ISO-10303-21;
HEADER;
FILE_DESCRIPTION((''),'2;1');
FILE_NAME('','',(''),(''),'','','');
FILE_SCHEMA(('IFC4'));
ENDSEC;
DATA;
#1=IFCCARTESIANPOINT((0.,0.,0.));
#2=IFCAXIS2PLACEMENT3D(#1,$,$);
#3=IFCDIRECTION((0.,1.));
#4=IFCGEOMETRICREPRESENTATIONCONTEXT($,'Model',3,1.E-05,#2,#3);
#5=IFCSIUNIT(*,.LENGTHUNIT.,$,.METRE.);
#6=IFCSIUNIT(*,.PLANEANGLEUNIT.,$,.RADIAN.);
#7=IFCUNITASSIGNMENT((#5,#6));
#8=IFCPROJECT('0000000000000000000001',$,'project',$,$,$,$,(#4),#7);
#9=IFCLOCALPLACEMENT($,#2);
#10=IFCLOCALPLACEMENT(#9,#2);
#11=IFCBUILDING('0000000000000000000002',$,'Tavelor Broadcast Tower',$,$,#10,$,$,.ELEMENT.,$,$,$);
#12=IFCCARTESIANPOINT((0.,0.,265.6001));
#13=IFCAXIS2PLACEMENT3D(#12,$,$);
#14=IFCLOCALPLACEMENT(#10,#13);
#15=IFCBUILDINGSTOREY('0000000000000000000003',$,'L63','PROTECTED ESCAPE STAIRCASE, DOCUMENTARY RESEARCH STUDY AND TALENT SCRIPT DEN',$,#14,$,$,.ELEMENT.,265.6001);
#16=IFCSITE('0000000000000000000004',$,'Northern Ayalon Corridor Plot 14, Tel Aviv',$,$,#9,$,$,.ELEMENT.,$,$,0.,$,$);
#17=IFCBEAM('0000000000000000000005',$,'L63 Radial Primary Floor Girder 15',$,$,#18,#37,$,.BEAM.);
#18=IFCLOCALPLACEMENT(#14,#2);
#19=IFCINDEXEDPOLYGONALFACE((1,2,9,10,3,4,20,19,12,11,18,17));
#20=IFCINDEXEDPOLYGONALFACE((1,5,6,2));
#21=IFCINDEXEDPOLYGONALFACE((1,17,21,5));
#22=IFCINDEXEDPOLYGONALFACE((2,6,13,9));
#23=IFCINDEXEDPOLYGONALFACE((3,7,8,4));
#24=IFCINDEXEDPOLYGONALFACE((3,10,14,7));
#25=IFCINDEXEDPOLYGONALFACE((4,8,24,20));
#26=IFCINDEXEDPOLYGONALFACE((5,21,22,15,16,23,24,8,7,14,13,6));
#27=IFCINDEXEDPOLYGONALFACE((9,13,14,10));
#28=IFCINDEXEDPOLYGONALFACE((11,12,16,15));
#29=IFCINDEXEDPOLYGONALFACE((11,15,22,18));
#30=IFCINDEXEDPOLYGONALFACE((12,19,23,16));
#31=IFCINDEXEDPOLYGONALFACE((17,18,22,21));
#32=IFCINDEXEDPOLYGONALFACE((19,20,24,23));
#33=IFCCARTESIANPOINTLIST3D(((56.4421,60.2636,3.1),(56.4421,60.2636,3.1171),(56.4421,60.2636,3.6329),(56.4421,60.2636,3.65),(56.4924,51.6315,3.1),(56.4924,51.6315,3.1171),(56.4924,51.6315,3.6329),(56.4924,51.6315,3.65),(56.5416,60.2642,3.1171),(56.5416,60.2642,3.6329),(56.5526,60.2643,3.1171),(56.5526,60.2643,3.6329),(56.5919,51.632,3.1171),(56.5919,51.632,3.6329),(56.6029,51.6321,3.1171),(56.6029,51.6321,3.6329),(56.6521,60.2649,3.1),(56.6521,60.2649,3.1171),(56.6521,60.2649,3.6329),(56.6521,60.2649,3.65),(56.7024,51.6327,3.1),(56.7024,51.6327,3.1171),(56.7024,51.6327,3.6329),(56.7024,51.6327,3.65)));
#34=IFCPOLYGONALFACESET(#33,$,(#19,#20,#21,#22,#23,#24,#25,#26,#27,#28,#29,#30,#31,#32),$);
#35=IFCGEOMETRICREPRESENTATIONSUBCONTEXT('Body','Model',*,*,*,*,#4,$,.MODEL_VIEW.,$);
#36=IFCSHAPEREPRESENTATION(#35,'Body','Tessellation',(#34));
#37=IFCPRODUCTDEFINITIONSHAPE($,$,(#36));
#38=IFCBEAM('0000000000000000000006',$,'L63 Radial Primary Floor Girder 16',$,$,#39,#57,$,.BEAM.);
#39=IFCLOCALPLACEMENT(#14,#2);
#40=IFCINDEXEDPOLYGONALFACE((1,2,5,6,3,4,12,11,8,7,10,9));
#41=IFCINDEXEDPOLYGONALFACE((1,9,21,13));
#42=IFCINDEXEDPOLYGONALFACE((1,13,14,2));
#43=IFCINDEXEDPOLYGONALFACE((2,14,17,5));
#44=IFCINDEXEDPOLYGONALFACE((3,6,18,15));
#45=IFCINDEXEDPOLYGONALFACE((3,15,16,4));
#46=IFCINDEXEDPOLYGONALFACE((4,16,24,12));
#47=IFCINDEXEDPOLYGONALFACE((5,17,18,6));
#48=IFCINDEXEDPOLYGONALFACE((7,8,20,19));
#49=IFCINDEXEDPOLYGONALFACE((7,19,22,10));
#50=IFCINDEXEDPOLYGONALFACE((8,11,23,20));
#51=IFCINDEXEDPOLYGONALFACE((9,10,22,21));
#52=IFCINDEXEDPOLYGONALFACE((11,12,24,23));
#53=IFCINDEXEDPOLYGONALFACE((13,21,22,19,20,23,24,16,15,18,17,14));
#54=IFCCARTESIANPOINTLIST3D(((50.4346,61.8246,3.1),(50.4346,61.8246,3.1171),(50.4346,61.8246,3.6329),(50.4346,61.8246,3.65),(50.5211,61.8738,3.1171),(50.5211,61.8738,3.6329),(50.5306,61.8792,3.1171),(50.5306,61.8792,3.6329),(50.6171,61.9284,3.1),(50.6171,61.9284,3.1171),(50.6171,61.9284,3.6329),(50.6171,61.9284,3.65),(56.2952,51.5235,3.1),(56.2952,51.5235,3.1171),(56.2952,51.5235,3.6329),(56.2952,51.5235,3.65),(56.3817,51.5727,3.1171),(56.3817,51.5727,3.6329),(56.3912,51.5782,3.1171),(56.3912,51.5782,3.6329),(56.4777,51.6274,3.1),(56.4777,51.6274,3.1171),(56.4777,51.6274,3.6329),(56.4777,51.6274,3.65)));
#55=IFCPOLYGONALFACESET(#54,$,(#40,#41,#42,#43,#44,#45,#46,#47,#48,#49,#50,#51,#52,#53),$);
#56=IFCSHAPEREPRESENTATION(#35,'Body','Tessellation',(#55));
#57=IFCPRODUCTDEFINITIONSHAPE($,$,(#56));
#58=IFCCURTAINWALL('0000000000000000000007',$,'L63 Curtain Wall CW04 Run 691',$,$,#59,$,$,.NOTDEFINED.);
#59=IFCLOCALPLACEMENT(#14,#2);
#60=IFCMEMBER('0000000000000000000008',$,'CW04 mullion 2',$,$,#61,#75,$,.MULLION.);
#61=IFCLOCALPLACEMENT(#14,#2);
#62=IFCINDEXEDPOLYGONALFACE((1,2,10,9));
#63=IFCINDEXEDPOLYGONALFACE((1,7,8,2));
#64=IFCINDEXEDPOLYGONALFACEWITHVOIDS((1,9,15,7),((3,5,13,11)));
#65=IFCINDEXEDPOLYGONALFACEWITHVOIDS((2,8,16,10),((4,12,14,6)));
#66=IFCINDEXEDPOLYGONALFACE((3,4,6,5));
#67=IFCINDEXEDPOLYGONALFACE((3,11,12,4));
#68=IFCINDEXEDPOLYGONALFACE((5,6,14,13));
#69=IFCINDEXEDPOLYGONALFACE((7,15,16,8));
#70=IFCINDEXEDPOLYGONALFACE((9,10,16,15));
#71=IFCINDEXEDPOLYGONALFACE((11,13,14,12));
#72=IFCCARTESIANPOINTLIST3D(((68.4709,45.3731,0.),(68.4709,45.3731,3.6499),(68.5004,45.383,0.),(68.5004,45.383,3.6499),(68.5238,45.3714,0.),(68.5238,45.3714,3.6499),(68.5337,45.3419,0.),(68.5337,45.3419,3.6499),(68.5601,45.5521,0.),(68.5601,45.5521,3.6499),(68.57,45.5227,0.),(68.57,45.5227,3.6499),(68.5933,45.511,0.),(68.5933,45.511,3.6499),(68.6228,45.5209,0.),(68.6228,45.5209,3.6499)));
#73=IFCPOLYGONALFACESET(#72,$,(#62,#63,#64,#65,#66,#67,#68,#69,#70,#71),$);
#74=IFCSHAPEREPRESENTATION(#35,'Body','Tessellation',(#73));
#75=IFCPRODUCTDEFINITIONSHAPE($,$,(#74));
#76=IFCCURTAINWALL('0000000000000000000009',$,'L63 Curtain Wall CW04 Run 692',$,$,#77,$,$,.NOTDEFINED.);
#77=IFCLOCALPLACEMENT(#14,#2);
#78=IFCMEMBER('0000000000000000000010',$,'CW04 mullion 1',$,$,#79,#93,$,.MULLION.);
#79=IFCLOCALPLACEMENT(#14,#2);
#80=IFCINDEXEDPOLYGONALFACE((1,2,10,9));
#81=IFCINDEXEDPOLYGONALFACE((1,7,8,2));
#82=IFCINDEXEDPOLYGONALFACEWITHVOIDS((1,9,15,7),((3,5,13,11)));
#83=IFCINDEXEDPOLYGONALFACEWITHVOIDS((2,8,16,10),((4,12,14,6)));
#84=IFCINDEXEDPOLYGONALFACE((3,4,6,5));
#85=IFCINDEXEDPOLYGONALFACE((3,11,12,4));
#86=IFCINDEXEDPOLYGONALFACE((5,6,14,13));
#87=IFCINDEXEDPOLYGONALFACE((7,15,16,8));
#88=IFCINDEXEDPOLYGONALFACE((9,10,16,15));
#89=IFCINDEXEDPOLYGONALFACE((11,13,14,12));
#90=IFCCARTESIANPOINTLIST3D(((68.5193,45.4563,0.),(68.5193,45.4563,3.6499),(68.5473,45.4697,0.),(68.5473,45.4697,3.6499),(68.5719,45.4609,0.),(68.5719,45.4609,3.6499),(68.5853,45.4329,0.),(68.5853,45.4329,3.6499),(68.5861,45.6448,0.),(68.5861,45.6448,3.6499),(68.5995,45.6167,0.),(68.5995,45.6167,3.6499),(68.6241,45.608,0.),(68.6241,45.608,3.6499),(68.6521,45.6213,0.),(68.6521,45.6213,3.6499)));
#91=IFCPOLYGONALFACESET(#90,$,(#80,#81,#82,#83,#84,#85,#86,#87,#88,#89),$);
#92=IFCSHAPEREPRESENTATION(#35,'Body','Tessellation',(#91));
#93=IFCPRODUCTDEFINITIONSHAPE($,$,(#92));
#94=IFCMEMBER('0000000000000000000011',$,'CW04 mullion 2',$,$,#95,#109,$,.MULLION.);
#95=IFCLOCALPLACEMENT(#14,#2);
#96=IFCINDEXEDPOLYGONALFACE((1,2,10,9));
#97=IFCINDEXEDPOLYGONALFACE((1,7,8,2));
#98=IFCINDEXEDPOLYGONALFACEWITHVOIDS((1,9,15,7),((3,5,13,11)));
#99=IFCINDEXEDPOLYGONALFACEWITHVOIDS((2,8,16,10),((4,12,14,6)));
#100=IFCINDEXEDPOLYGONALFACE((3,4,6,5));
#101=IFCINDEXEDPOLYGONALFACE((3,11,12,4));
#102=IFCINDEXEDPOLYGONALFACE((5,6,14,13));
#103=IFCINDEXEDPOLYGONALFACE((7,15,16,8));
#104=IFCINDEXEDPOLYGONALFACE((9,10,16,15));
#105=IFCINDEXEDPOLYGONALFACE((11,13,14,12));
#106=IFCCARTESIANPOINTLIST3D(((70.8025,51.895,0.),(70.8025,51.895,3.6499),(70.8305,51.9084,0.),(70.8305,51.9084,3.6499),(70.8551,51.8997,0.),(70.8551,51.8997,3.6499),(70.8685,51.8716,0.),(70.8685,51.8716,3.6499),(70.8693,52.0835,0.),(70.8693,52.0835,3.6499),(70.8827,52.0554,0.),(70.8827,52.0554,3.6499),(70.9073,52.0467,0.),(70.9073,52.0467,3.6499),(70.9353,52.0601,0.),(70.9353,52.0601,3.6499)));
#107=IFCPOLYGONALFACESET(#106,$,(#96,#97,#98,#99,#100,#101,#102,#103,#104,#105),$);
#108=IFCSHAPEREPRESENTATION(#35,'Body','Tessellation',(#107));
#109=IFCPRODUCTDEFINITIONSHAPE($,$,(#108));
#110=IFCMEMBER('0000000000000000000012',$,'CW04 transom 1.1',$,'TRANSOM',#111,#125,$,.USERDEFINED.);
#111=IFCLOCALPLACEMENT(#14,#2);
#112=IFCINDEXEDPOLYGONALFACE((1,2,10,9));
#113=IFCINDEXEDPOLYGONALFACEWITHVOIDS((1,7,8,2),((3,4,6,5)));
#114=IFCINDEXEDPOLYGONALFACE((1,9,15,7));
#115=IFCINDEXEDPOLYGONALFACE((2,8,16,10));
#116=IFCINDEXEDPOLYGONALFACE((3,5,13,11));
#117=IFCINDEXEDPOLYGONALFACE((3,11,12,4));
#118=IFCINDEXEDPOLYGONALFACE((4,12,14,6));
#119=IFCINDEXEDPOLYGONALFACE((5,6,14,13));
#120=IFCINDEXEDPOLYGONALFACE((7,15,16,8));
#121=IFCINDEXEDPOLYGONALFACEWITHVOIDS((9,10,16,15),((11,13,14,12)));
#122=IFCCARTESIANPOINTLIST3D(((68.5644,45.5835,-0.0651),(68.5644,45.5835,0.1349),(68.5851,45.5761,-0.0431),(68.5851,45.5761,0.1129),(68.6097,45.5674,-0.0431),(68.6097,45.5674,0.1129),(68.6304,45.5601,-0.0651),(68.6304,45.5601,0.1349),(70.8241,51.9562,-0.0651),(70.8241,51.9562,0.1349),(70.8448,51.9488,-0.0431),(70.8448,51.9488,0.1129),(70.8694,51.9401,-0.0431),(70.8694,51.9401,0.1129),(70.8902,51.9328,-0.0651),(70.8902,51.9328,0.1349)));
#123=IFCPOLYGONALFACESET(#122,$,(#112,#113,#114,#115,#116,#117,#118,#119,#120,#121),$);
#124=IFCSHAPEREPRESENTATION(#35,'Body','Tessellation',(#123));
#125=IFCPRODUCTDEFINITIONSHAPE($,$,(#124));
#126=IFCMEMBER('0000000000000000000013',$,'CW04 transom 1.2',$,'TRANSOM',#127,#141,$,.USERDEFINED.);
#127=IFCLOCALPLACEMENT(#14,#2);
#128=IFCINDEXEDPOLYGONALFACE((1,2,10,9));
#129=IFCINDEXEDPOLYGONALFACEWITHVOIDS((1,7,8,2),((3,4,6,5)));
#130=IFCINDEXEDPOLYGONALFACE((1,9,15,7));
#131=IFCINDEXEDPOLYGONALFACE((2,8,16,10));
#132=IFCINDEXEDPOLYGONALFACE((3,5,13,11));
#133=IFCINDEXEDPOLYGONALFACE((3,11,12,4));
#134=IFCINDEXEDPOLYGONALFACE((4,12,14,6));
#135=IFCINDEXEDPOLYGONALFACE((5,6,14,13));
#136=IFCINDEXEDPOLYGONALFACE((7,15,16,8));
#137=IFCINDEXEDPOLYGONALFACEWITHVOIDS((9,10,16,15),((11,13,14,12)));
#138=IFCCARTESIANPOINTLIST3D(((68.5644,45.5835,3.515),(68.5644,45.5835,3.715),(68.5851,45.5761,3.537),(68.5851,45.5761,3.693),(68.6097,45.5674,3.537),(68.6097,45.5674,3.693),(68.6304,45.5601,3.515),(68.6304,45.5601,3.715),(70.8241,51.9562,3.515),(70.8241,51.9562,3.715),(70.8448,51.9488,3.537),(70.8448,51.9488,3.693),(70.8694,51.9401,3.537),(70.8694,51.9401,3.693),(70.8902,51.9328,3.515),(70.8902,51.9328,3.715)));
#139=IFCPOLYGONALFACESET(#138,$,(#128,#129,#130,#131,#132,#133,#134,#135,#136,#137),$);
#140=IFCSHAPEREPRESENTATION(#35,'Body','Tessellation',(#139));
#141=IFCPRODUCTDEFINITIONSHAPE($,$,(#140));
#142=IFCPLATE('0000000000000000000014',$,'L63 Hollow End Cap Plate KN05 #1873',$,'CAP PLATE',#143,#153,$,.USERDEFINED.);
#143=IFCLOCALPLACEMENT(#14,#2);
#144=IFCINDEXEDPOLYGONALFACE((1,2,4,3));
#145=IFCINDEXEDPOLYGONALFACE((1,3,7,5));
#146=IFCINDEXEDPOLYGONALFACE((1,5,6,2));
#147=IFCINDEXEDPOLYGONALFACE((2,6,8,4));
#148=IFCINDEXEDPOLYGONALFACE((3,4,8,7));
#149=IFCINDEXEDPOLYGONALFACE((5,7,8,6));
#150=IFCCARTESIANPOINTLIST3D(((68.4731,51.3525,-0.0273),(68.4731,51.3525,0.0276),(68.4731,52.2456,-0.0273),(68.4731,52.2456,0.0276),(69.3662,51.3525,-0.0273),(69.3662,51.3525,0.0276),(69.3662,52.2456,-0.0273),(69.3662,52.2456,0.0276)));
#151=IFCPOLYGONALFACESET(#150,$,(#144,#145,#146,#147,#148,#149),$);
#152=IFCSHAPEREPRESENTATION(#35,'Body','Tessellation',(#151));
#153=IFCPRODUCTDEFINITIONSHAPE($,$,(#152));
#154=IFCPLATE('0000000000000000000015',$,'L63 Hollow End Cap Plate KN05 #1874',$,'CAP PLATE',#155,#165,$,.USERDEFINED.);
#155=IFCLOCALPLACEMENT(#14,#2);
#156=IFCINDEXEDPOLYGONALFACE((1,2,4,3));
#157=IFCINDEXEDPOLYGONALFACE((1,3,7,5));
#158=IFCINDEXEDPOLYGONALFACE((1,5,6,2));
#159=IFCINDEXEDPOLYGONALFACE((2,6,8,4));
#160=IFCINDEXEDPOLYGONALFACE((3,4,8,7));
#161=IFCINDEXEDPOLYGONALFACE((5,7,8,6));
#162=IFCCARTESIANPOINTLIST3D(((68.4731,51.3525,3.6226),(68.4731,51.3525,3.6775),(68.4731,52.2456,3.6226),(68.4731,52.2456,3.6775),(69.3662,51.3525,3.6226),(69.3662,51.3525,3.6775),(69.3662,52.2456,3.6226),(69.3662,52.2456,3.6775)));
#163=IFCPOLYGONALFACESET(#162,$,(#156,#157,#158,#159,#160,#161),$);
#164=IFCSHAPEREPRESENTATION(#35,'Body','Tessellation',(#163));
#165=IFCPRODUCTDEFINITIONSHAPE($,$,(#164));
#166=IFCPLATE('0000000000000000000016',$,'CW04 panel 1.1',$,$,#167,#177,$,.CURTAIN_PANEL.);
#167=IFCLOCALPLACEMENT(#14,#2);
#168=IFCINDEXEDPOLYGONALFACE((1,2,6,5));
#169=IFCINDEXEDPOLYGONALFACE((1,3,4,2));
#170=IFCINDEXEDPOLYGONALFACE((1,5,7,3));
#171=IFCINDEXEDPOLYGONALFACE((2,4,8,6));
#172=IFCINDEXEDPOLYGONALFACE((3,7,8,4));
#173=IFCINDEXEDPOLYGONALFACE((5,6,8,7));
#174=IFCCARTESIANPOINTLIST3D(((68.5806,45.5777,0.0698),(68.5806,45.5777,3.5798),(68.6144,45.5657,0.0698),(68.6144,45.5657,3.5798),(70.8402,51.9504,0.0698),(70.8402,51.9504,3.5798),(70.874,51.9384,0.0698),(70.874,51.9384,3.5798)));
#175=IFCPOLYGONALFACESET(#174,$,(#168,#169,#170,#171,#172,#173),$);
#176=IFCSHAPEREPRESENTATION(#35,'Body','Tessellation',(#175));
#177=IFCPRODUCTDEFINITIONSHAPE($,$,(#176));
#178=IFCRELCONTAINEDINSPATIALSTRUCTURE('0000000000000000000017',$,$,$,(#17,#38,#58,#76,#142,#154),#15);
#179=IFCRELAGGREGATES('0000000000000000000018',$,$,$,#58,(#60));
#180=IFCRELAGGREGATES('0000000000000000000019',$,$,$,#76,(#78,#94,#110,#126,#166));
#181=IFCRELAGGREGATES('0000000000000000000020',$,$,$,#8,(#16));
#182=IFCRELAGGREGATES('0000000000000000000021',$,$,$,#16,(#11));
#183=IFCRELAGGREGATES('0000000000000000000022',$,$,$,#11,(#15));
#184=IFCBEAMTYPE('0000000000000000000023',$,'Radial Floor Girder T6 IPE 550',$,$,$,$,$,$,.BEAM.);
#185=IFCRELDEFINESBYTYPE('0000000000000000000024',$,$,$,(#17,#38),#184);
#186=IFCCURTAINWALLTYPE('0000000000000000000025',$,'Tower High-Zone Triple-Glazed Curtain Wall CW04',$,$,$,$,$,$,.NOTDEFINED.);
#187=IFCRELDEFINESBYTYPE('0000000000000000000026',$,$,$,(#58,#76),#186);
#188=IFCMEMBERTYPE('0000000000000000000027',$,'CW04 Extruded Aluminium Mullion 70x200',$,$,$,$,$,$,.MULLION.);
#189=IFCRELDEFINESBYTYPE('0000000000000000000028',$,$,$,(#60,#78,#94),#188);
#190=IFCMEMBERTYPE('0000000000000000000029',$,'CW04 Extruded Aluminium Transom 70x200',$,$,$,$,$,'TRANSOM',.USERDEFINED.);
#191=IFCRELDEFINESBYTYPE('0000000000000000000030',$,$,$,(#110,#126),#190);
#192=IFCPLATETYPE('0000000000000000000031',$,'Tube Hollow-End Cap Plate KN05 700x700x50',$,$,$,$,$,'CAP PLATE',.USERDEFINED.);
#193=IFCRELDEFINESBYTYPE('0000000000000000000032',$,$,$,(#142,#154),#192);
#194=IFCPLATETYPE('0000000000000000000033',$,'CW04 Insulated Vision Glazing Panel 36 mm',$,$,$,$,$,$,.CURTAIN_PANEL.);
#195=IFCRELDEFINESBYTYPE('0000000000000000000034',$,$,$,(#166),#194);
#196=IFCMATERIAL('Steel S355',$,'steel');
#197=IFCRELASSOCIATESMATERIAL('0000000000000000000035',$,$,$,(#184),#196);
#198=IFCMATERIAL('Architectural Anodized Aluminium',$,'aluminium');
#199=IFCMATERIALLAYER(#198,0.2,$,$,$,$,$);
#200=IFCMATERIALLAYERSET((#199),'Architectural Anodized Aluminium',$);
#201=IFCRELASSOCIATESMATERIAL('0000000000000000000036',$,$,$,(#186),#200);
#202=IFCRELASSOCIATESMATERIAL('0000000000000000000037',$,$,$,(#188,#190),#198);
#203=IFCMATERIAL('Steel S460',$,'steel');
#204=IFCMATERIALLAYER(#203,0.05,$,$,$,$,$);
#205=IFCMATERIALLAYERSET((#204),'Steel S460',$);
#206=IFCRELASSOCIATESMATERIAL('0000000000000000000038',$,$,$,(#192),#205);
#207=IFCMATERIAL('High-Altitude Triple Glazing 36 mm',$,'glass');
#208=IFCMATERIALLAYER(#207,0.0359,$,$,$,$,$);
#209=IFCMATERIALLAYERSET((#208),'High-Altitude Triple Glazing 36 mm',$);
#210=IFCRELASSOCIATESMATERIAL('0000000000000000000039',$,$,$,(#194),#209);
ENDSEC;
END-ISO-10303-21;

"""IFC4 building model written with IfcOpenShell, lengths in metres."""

from ifc_helpers import new_model, si_unit, direction, frame, origin, origin_2d, place, context, subcontext, project, spatial, rectangle, hollow_rectangle, i_section, extrude, source, transform, mapped, material, layer, layer_set, material_profile, profile_set, type_object, type_shapes, element, aggregate, save


model = new_model("IFC4")

# Units and contexts
model_context = context("Model", 3, precision=1e-05, world=origin(), true_north=direction((0.0, 1.0)))
body_context = subcontext(model_context, "Body", "Model", "MODEL_VIEW")
ifc_project = project(units=[si_unit("LENGTHUNIT", "METRE"), si_unit("PLANEANGLEUNIT", "RADIAN")], contexts=[model_context])

# Site, building, storey
site_placement = place(None, origin())
site = spatial("IfcSite", under=ifc_project, at=site_placement, Name="Northern Ayalon Corridor Plot 14, Tel Aviv", CompositionType="ELEMENT", RefElevation=0.0)
building_placement = place(site_placement, origin())
building = spatial("IfcBuilding", under=site, at=building_placement, Name="Tavelor Broadcast Tower", CompositionType="ELEMENT")
storey_placement = place(building_placement, frame((0.0, 0.0, 265.6001)))
storey = spatial("IfcBuildingStorey", under=building, at=storey_placement, Name="L63", Description="PROTECTED ESCAPE STAIRCASE, DOCUMENTARY RESEARCH STUDY AND TALENT SCRIPT DEN", CompositionType="ELEMENT", Elevation=265.6001)

# Shared definitions
ifc_material_1 = material(Name="Steel S460", Category="steel")

# Beams
ifc_material_2 = material(Name="Steel S355", Category="steel")
ifc_material_profile_1 = material_profile(ifc_material_2, i_section(OverallWidth=0.21, OverallDepth=0.55, WebThickness=0.011, FlangeThickness=0.0171, at=origin_2d()), Name="IPE 550")
ifc_profile_set_1 = profile_set([ifc_material_profile_1], Name="Steel S355")
beam_type_1 = type_object("IfcBeamType", Name="Radial Floor Girder T6 IPE 550", PredefinedType="BEAM", material=ifc_profile_set_1)
beam_1_placement = place(storey_placement, frame((56.5974, 51.6321, 3.375), z_axis=(-0.005826, 0.999983, 0.0), x_axis=(-0.999983, -0.005826, 0.0)))
element("IfcBeam", 1, at=beam_1_placement, inside=storey, type_object=beam_type_1, Name="L63 Radial Primary Floor Girder 15", PredefinedType="BEAM", context=body_context, shape_type="SweptSolid", body=[
    extrude(i_section(OverallWidth=0.21, OverallDepth=0.55, WebThickness=0.011, FlangeThickness=0.0171, at=origin_2d()), origin(), (0.0, 0.0, 1.0), 8.6323),
])
beam_2_placement = place(storey_placement, frame((56.3865, 51.5754, 3.375), z_axis=(-0.494503, 0.869176, 0.0), x_axis=(-0.869176, -0.494503, 0.0)))
element("IfcBeam", 2, at=beam_2_placement, inside=storey, type_object=beam_type_1, Name="L63 Radial Primary Floor Girder 16", PredefinedType="BEAM", context=body_context, shape_type="SweptSolid", body=[
    extrude(i_section(OverallWidth=0.21, OverallDepth=0.55, WebThickness=0.011, FlangeThickness=0.0171, at=origin_2d()), origin(), (0.0, 0.0, 1.0), 11.8516),
])

# Curtain wall, member
ifc_material_3 = material(Name="Architectural Anodized Aluminium", Category="aluminium")
ifc_layer_1 = layer(ifc_material_3, 0.2)
ifc_layer_set_1 = layer_set([ifc_layer_1], Name="Architectural Anodized Aluminium")
curtain_wall_type = type_object("IfcCurtainWallType", Name="Tower High-Zone Triple-Glazed Curtain Wall CW04", PredefinedType="NOTDEFINED", material=ifc_layer_set_1)
curtain_wall_1_placement = place(storey_placement, origin())
curtain_wall_1 = element("IfcCurtainWall", 3, at=curtain_wall_1_placement, inside=storey, type_object=curtain_wall_type, Name="L63 Curtain Wall CW04 Run 691", PredefinedType="NOTDEFINED")
ifc_material_profile_2 = material_profile(ifc_material_3, hollow_rectangle(XDim=0.0701, YDim=0.2, WallThickness=0.022, at=origin_2d()), Name="RHS 70x200x22")
ifc_profile_set_2 = profile_set([ifc_material_profile_2], Name="Architectural Anodized Aluminium")
member_type_1 = type_object("IfcMemberType", Name="CW04 Extruded Aluminium Mullion 70x200", PredefinedType="MULLION", material=ifc_profile_set_2)
shared_shape_1 = source(origin(), body_context, "Body", "SweptSolid", [
    extrude(hollow_rectangle(XDim=0.0701, YDim=0.2, WallThickness=0.022, at=origin_2d()), origin(), (0.0, 0.0, 1.0), 3.6499),
])
type_shapes(member_type_1, [shared_shape_1])
member_1_placement = place(storey_placement, frame((68.5469, 45.447, 0.0), z_axis=(0.0, 0.0, 1.0), x_axis=(-0.895143, 0.445778, 0.0)))
member_1 = element("IfcMember", 4, at=member_1_placement, type_object=member_type_1, Name="CW04 mullion 2", PredefinedType="MULLION", context=body_context, shape_type="MappedRepresentation", body=[
    mapped(shared_shape_1, transform((0.0, 0.0, 0.0), scale=1.0)),
])
aggregate(curtain_wall_1, [member_1])

# Curtain wall, members
curtain_wall_2_placement = place(storey_placement, origin())
curtain_wall_2 = element("IfcCurtainWall", 5, at=curtain_wall_2_placement, inside=storey, type_object=curtain_wall_type, Name="L63 Curtain Wall CW04 Run 692", PredefinedType="NOTDEFINED")
member_2_placement = place(storey_placement, frame((68.5857, 45.5388, 0.0), z_axis=(0.0, 0.0, 1.0), x_axis=(-0.942506, 0.334189, 0.0)))
member_2 = element("IfcMember", 6, at=member_2_placement, type_object=member_type_1, Name="CW04 mullion 1", PredefinedType="MULLION", context=body_context, shape_type="MappedRepresentation", body=[
    mapped(shared_shape_1, transform((0.0, 0.0, 0.0), scale=1.0)),
])
member_3_placement = place(storey_placement, frame((70.8689, 51.9775, 0.0), z_axis=(0.0, 0.0, 1.0), x_axis=(-0.942506, 0.334189, 0.0)))
member_3 = element("IfcMember", 7, at=member_3_placement, type_object=member_type_1, Name="CW04 mullion 2", PredefinedType="MULLION", context=body_context, shape_type="MappedRepresentation", body=[
    mapped(shared_shape_1, transform((0.0, 0.0, 0.0), scale=1.0)),
])
ifc_material_profile_3 = material_profile(ifc_material_3, hollow_rectangle(XDim=0.0701, YDim=0.2, WallThickness=0.022, at=origin_2d()), Name="RHS 70x200x22")
ifc_profile_set_3 = profile_set([ifc_material_profile_3], Name="Architectural Anodized Aluminium")
member_type_2 = type_object("IfcMemberType", Name="CW04 Extruded Aluminium Transom 70x200", ElementType="TRANSOM", PredefinedType="USERDEFINED", material=ifc_profile_set_3)
shared_shape_2 = source(origin(), body_context, "Body", "SweptSolid", [
    extrude(hollow_rectangle(XDim=0.0701, YDim=0.2, WallThickness=0.022, at=origin_2d()), origin(), (0.0, 0.0, 1.0), 6.7615),
])
type_shapes(member_type_2, [shared_shape_2])
member_4_placement = place(storey_placement, frame((68.5974, 45.5718, 0.0349), z_axis=(0.334206, 0.9425, 0.0), x_axis=(-0.9425, 0.334206, 0.0)))
member_4 = element("IfcMember", 8, at=member_4_placement, type_object=member_type_2, Name="CW04 transom 1.1", ObjectType="TRANSOM", PredefinedType="USERDEFINED", context=body_context, shape_type="MappedRepresentation", body=[
    mapped(shared_shape_2, transform((0.0, 0.0, 0.0), scale=1.0)),
])
member_5_placement = place(storey_placement, frame((68.5974, 45.5718, 3.615), z_axis=(0.334206, 0.9425, 0.0), x_axis=(-0.9425, 0.334206, 0.0)))
member_5 = element("IfcMember", 9, at=member_5_placement, type_object=member_type_2, Name="CW04 transom 1.2", ObjectType="TRANSOM", PredefinedType="USERDEFINED", context=body_context, shape_type="MappedRepresentation", body=[
    mapped(shared_shape_2, transform((0.0, 0.0, 0.0), scale=1.0)),
])

# Plates
ifc_layer_2 = layer(ifc_material_1, 0.05)
ifc_layer_set_2 = layer_set([ifc_layer_2], Name="Steel S460")
plate_type_1 = type_object("IfcPlateType", Name="Tube Hollow-End Cap Plate KN05 700x700x50", ElementType="CAP PLATE", PredefinedType="USERDEFINED", material=ifc_layer_set_2)
shared_shape_3 = source(origin(), body_context, "Body", "SweptSolid", [
    extrude(rectangle(XDim=0.8931, YDim=0.8931, at=origin_2d()), origin(), (0.0, 0.0, 1.0), 0.0549),
])
type_shapes(plate_type_1, [shared_shape_3])
for number, where, z_axis, x_axis, name in (
    (10, (68.9197, 51.7991, -0.0273), (0.0, 0.0, 1.0), (1.0, 0.0, 0.0), "L63 Hollow End Cap Plate KN05 #1873"),
    (11, (68.9197, 51.7991, 3.6226), (0.0, 0.0, 1.0), (1.0, 0.0, 0.0), "L63 Hollow End Cap Plate KN05 #1874"),
):
    element("IfcPlate", number, at=place(storey_placement, frame(where, z_axis=z_axis, x_axis=x_axis)), inside=storey, type_object=plate_type_1, Name=name, ObjectType="CAP PLATE", PredefinedType="USERDEFINED", context=body_context, shape_type="MappedRepresentation", body=[
        mapped(shared_shape_3, transform((0.0, 0.0, 0.0), scale=1.0)),
    ])

# Plate
ifc_material_4 = material(Name="High-Altitude Triple Glazing 36 mm", Category="glass")
ifc_layer_3 = layer(ifc_material_4, 0.0359)
ifc_layer_set_3 = layer_set([ifc_layer_3], Name="High-Altitude Triple Glazing 36 mm")
plate_type_2 = type_object("IfcPlateType", Name="CW04 Insulated Vision Glazing Panel 36 mm", PredefinedType="CURTAIN_PANEL", material=ifc_layer_set_3)
shared_shape_4 = source(origin(), body_context, "Body", "SweptSolid", [
    extrude(rectangle(XDim=6.7615, YDim=0.0359, at=origin_2d()), origin(), (0.0, 0.0, 1.0), 3.51),
])
type_shapes(plate_type_2, [shared_shape_4])
plate_placement = place(storey_placement, frame((69.7273, 48.7581, 0.0698), z_axis=(0.0, 0.0, 1.0), x_axis=(0.334189, 0.942506, 0.0)))
plate = element("IfcPlate", 12, at=plate_placement, type_object=plate_type_2, Name="CW04 panel 1.1", PredefinedType="CURTAIN_PANEL", context=body_context, shape_type="MappedRepresentation", body=[
    mapped(shared_shape_4, transform((0.0, 0.0, 0.0), scale=1.0)),
])
aggregate(curtain_wall_2, [member_2, member_3, member_4, member_5, plate])

save(model, "model.ifc")
